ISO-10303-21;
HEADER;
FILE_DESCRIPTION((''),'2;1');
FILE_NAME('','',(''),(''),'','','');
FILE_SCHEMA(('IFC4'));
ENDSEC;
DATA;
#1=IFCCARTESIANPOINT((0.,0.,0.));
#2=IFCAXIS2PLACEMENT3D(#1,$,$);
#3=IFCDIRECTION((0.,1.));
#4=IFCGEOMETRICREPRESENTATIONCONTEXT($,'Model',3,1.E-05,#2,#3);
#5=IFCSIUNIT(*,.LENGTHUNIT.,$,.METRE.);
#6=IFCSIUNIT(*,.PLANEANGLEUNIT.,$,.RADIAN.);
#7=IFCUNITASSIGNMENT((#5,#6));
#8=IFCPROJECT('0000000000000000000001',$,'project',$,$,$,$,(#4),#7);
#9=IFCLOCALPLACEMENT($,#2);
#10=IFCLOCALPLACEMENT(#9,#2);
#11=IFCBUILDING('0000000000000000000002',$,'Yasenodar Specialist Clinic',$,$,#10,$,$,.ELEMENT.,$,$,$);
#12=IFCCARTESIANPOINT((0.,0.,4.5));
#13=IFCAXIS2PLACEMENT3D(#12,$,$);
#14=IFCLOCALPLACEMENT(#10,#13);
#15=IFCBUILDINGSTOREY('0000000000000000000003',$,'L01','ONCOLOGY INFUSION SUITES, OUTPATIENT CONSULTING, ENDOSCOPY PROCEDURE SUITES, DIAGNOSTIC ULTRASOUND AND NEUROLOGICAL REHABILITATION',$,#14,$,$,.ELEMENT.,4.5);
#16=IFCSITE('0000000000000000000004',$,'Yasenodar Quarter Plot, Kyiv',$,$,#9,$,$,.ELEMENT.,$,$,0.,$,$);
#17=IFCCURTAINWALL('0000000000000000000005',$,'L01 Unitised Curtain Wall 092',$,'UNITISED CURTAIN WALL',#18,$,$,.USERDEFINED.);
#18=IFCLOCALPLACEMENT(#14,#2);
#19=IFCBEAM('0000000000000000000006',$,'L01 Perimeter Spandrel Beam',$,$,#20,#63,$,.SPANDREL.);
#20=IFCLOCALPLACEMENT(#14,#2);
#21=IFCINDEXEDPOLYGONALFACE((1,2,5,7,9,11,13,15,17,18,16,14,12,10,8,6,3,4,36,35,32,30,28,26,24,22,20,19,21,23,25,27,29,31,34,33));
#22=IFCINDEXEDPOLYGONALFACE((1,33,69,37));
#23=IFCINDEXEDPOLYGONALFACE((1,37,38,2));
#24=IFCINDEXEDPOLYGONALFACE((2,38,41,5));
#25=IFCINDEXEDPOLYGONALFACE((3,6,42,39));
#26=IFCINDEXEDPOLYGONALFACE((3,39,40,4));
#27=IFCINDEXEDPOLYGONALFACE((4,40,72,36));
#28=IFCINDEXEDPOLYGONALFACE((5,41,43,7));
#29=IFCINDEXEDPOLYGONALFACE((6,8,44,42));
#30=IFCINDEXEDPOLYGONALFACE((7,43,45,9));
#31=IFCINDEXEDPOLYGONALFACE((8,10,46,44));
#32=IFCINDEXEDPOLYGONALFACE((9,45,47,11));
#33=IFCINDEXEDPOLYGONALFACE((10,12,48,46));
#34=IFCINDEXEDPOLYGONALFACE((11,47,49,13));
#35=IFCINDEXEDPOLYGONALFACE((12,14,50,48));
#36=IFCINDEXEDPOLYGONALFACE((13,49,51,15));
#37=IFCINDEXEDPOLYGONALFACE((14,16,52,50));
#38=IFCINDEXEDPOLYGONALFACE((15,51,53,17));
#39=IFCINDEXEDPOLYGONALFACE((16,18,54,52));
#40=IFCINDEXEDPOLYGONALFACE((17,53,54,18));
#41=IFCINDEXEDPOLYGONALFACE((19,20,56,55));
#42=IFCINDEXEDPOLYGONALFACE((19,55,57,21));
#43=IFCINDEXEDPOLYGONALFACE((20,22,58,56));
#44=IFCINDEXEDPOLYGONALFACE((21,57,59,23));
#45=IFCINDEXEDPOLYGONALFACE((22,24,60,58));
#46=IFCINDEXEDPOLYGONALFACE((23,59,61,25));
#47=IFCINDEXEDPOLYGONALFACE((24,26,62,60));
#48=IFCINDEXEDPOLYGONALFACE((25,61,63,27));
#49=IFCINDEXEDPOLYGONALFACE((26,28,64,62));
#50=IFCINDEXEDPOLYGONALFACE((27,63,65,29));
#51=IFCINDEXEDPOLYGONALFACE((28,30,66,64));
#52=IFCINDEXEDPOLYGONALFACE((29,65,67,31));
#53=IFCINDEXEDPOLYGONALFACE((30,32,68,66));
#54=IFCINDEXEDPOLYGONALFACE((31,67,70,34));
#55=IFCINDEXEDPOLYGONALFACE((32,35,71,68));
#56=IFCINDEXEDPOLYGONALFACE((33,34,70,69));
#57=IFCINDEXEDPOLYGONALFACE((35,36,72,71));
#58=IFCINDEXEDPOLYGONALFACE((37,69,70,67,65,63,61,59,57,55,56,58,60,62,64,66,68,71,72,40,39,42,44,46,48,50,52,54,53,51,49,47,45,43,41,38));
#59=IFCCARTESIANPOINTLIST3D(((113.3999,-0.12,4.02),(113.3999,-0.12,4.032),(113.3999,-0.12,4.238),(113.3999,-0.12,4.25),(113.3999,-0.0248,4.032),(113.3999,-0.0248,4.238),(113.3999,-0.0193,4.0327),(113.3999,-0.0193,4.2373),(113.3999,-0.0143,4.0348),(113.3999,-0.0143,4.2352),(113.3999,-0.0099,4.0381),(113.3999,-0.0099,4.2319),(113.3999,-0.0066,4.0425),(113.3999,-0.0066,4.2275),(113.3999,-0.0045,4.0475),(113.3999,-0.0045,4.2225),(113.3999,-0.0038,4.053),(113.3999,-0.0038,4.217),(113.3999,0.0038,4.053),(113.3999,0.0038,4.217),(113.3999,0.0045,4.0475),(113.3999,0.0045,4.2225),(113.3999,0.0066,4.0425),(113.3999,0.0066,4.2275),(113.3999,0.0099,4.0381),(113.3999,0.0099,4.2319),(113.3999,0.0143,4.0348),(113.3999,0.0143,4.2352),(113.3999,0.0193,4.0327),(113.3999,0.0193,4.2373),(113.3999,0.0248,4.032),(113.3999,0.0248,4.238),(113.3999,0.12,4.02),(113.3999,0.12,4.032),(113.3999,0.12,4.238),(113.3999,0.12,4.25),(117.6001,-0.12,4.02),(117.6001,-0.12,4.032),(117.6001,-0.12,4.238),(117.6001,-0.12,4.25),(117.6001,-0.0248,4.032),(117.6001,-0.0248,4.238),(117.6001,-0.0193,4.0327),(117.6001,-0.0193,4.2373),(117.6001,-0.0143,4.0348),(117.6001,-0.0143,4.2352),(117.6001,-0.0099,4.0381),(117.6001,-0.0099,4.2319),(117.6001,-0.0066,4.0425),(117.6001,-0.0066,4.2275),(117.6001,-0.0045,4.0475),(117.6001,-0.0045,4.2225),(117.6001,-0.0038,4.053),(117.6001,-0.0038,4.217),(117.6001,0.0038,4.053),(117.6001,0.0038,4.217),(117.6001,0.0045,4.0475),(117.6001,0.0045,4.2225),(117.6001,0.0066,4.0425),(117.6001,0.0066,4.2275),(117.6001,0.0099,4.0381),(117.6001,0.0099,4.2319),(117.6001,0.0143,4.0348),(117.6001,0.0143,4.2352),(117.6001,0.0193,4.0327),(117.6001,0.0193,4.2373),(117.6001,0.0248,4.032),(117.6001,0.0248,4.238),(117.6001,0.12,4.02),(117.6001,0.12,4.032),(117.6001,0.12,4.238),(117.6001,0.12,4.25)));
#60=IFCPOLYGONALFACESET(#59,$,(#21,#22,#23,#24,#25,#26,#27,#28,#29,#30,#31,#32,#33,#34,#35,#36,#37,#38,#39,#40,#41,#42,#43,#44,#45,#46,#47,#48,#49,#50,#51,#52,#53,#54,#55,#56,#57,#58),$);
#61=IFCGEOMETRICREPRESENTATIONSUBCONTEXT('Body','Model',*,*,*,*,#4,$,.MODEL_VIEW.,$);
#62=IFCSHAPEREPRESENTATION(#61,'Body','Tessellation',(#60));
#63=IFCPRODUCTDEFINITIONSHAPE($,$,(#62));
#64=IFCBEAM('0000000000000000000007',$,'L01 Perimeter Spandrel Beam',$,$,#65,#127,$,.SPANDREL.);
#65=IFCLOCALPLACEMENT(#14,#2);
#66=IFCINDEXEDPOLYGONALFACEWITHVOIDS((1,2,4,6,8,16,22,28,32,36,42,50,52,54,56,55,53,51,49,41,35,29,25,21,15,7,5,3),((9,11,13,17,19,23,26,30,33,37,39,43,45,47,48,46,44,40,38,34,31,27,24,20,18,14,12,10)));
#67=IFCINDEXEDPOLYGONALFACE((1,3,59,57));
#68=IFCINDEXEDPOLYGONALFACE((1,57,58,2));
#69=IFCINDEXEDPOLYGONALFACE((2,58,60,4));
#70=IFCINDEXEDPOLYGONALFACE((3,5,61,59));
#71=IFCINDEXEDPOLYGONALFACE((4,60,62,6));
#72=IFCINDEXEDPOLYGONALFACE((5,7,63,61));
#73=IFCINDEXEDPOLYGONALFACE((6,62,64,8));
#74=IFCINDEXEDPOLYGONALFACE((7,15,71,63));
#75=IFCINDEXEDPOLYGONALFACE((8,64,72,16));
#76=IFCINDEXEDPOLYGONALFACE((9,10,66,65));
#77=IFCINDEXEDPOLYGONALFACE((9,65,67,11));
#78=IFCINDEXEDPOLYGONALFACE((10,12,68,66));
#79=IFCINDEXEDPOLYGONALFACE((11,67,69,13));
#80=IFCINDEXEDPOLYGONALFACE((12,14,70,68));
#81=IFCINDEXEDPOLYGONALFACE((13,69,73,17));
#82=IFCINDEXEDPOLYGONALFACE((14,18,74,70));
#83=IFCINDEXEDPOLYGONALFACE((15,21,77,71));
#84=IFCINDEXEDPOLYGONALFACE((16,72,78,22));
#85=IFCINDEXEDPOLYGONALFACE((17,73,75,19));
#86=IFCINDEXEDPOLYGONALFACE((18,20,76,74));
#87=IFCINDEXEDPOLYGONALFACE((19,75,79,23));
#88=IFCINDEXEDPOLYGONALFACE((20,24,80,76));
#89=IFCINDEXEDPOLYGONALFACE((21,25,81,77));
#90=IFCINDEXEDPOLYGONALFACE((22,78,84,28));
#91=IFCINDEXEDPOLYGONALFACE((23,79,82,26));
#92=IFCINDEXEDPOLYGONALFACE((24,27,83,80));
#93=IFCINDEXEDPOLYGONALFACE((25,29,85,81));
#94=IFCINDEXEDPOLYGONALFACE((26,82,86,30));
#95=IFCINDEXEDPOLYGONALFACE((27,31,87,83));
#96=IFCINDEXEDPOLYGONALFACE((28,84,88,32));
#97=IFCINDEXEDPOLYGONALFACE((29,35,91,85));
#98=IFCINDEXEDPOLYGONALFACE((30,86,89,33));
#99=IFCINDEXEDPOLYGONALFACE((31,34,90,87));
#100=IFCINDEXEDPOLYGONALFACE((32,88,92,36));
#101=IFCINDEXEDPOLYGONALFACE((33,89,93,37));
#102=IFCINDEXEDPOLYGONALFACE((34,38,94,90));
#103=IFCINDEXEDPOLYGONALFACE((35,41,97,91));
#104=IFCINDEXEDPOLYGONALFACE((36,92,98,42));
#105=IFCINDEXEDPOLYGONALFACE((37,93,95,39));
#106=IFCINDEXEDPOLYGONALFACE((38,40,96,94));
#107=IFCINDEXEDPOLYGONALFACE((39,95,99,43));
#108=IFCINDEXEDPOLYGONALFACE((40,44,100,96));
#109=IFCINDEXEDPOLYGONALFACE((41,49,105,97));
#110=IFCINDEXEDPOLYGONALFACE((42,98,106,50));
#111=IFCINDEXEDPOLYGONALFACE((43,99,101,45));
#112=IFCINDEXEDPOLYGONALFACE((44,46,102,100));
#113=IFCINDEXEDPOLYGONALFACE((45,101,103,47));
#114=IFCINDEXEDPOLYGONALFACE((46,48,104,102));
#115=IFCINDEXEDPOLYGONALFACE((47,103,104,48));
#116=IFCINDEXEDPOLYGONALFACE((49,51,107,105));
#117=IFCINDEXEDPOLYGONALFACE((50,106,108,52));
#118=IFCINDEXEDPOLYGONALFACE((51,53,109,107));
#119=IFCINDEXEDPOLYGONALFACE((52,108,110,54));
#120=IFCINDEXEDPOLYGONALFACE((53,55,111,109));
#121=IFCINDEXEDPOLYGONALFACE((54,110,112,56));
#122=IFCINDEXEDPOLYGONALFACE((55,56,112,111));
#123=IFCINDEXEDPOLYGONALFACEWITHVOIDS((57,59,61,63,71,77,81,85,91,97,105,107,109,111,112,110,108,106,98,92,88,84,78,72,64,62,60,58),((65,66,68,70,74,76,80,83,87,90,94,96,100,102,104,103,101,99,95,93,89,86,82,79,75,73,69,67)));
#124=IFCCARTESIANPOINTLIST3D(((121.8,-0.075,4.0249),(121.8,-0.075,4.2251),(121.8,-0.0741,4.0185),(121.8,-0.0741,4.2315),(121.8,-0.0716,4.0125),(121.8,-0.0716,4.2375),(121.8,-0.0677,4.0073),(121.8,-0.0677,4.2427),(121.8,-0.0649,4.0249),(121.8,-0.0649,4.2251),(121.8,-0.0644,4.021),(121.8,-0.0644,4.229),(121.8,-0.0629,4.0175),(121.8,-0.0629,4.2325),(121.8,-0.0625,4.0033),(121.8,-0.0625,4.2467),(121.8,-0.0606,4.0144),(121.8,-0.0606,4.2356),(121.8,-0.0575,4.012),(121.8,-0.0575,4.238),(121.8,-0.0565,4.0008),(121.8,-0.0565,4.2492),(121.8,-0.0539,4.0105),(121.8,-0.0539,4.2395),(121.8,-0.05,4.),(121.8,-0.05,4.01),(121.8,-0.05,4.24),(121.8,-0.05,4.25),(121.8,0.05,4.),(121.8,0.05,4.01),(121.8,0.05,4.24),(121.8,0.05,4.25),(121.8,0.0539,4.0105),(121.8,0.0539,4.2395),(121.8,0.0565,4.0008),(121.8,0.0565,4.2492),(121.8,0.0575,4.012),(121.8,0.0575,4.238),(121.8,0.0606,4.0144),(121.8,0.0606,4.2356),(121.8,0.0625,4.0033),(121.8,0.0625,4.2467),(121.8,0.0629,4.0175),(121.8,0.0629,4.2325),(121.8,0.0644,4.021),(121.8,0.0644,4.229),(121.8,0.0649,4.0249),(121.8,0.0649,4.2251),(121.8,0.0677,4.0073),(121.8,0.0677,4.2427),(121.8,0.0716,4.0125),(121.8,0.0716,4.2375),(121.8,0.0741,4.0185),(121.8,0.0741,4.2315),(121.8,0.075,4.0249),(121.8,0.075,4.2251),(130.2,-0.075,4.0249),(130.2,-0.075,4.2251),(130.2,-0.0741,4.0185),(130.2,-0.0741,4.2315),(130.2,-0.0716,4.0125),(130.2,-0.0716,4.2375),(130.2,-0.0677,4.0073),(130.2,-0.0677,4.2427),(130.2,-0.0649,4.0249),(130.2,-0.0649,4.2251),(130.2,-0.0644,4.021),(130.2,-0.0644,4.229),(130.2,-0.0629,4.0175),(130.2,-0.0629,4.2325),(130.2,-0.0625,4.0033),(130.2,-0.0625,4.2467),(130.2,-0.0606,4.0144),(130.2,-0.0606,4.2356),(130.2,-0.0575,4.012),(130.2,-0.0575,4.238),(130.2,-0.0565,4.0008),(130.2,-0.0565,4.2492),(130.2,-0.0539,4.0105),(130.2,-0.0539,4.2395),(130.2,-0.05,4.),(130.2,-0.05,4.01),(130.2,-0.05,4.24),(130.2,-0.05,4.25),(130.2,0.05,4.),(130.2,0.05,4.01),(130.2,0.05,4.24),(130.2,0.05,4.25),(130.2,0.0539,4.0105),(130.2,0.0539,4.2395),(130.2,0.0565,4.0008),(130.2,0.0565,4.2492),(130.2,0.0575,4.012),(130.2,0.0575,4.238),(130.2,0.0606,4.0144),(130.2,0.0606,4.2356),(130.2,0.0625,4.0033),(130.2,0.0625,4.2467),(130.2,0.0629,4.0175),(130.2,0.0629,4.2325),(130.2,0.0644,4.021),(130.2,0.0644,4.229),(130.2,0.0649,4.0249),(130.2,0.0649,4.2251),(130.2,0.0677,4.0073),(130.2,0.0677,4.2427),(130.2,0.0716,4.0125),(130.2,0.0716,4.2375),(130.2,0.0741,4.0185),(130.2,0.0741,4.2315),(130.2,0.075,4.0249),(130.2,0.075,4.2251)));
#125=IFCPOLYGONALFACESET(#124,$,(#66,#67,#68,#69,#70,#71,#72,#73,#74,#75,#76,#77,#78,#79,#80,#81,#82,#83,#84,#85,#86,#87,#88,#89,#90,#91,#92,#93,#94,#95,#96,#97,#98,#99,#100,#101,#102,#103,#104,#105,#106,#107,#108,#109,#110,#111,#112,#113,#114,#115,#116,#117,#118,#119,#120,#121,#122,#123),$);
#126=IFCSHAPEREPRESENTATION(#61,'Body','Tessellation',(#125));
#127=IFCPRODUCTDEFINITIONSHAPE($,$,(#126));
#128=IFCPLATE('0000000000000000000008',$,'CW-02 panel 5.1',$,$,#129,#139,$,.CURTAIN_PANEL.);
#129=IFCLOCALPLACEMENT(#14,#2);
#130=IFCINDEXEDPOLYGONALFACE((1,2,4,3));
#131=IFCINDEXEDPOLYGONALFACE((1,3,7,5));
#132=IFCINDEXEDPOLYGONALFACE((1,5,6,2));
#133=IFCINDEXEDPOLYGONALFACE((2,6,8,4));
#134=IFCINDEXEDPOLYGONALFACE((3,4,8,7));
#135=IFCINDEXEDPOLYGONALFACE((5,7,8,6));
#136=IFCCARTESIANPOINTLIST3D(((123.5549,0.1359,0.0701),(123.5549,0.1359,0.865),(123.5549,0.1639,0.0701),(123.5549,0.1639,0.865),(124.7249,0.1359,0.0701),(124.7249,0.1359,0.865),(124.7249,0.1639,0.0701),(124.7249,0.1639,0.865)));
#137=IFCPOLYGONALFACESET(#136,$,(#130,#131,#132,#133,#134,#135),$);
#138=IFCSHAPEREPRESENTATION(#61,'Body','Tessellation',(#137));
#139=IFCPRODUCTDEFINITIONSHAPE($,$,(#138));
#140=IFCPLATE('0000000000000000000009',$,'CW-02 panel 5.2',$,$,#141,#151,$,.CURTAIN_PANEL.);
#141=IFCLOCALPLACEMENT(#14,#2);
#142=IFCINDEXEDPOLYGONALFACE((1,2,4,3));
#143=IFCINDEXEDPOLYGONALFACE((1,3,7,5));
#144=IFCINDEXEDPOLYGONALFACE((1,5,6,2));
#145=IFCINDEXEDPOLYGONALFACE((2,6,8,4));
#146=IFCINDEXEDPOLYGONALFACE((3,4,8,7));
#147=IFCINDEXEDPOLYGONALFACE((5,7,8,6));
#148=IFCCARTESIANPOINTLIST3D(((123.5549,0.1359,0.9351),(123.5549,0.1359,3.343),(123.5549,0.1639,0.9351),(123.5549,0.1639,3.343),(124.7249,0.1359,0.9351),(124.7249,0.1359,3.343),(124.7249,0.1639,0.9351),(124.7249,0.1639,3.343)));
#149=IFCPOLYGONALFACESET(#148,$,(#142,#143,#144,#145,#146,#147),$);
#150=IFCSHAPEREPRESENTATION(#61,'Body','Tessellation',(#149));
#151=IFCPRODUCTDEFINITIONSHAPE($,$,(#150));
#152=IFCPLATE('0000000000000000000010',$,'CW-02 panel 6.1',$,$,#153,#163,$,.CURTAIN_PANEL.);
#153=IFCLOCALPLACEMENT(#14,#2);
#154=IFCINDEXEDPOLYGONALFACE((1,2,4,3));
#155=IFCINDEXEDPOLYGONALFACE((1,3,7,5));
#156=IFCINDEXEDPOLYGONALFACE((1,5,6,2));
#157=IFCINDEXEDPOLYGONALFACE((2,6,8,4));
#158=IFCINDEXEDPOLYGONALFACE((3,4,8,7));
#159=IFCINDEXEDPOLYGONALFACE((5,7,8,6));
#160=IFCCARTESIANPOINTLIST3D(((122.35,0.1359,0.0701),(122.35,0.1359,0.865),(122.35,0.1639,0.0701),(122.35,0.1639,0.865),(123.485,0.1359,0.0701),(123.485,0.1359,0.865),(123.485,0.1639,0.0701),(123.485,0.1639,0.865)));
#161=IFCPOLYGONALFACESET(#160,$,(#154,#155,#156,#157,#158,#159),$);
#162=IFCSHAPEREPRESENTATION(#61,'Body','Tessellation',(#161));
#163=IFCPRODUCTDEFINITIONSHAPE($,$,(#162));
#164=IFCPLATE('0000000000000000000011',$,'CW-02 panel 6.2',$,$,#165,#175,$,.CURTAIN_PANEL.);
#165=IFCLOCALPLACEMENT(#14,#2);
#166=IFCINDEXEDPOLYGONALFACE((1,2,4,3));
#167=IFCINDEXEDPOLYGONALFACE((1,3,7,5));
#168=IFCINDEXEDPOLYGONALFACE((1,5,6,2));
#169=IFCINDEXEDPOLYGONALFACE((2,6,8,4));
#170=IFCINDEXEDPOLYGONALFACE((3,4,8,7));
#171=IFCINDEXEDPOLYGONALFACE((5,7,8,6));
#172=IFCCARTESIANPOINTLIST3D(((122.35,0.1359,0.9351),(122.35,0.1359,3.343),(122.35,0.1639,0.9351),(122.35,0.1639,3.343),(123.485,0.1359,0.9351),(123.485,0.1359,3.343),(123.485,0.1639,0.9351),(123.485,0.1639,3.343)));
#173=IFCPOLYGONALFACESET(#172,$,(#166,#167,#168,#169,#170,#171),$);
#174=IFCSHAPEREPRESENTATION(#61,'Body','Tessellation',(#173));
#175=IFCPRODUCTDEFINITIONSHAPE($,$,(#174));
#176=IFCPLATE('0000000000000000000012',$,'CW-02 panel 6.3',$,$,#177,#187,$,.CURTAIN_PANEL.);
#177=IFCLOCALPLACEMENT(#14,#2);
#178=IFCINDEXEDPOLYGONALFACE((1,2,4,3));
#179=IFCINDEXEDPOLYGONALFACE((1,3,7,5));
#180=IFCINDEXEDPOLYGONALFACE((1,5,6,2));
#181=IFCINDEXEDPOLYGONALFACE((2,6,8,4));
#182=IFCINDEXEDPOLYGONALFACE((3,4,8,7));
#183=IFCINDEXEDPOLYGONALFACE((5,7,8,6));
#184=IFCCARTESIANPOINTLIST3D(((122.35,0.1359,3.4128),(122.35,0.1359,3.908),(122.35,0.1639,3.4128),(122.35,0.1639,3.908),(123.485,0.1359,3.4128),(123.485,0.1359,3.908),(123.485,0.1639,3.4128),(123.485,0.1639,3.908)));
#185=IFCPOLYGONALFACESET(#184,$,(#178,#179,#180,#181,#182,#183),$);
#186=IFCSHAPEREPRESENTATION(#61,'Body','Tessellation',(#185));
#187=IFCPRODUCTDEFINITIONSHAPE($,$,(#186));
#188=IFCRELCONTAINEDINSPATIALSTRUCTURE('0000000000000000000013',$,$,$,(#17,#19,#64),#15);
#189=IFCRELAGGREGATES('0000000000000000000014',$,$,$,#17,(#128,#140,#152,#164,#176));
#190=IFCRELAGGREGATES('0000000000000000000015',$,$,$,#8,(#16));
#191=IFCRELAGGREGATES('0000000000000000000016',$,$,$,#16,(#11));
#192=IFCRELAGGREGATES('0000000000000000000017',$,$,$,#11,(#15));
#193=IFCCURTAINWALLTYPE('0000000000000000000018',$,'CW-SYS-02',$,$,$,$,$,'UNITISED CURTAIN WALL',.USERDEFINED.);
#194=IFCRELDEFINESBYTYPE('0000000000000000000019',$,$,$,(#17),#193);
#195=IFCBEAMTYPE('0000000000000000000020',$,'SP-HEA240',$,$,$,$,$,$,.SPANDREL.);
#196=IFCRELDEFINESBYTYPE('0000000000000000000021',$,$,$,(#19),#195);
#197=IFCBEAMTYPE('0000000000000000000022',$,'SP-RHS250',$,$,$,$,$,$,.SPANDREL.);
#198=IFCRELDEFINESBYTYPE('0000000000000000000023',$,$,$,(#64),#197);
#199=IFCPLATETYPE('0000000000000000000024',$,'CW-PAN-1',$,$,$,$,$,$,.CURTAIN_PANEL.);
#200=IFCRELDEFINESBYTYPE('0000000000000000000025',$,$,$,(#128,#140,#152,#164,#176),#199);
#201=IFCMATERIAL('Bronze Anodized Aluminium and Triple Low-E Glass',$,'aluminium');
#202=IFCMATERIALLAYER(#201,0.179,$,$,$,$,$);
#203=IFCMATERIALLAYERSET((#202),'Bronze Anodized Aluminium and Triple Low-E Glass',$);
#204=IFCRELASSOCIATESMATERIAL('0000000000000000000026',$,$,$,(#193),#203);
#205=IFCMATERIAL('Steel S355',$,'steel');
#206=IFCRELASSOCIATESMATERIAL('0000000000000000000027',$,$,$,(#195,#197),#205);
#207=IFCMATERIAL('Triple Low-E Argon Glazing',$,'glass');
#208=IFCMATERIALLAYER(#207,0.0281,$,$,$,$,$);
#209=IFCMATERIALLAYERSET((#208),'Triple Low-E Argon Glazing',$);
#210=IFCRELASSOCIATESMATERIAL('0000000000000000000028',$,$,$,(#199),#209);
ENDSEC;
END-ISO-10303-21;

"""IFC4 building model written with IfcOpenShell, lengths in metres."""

from ifc_helpers import new_model, si_unit, direction, frame, origin, origin_2d, place, context, subcontext, project, spatial, rectangle, hollow_rectangle, i_section, extrude, material, layer, layer_set, material_profile, profile_set, type_object, element, aggregate, save


model = new_model("IFC4")

# Units and contexts
model_context = context("Model", 3, precision=1e-05, world=origin(), true_north=direction((0.0, 1.0)))
body_context = subcontext(model_context, "Body", "Model", "MODEL_VIEW")
ifc_project = project(units=[si_unit("LENGTHUNIT", "METRE"), si_unit("PLANEANGLEUNIT", "RADIAN")], contexts=[model_context])

# Site, building, storey
site_placement = place(None, origin())
site = spatial("IfcSite", under=ifc_project, at=site_placement, Name="Yasenodar Quarter Plot, Kyiv", CompositionType="ELEMENT", RefElevation=0.0)
building_placement = place(site_placement, origin())
building = spatial("IfcBuilding", under=site, at=building_placement, Name="Yasenodar Specialist Clinic", CompositionType="ELEMENT")
storey_placement = place(building_placement, frame((0.0, 0.0, 4.5)))
storey = spatial("IfcBuildingStorey", under=building, at=storey_placement, Name="L01", Description="ONCOLOGY INFUSION SUITES, OUTPATIENT CONSULTING, ENDOSCOPY PROCEDURE SUITES, DIAGNOSTIC ULTRASOUND AND NEUROLOGICAL REHABILITATION", CompositionType="ELEMENT", Elevation=4.5)

# Shared definitions
ifc_material_1 = material(Name="Steel S355", Category="steel")

# Curtain wall
ifc_material_2 = material(Name="Bronze Anodized Aluminium and Triple Low-E Glass", Category="aluminium")
ifc_layer_1 = layer(ifc_material_2, 0.179)
ifc_layer_set_1 = layer_set([ifc_layer_1], Name="Bronze Anodized Aluminium and Triple Low-E Glass")
curtain_wall_type = type_object("IfcCurtainWallType", Name="CW-SYS-02", ElementType="UNITISED CURTAIN WALL", PredefinedType="USERDEFINED", material=ifc_layer_set_1)
curtain_wall_1_placement = place(storey_placement, origin())
curtain_wall_1 = element("IfcCurtainWall", 1, at=curtain_wall_1_placement, inside=storey, type_object=curtain_wall_type, Name="L01 Unitised Curtain Wall 092", ObjectType="UNITISED CURTAIN WALL", PredefinedType="USERDEFINED")

# Beams
ifc_material_profile_1 = material_profile(ifc_material_1, i_section(OverallWidth=0.24, OverallDepth=0.23, WebThickness=0.0076, FlangeThickness=0.012, FilletRadius=0.021, at=origin_2d()), Name="HEA 240")
ifc_profile_set_1 = profile_set([ifc_material_profile_1], Name="Steel S355")
beam_type_1 = type_object("IfcBeamType", Name="SP-HEA240", PredefinedType="SPANDREL", material=ifc_profile_set_1)
beam_1_placement = place(storey_placement, frame((113.3999, 0.0, 4.135), z_axis=(1.0, 0.0, 0.0), x_axis=(0.0, 1.0, 0.0)))
element("IfcBeam", 2, at=beam_1_placement, inside=storey, type_object=beam_type_1, Name="L01 Perimeter Spandrel Beam", PredefinedType="SPANDREL", context=body_context, shape_type="SweptSolid", body=[
    extrude(i_section(OverallWidth=0.24, OverallDepth=0.23, WebThickness=0.0076, FlangeThickness=0.012, FilletRadius=0.021, at=origin_2d()), origin(), (0.0, 0.0, 1.0), 4.2002),
])
ifc_material_profile_2 = material_profile(ifc_material_1, hollow_rectangle(XDim=0.1499, YDim=0.25, WallThickness=0.01, InnerFilletRadius=0.0149, OuterFilletRadius=0.0249, at=origin_2d()), Name="RHS 250x150x10")
ifc_profile_set_2 = profile_set([ifc_material_profile_2], Name="Steel S355")
beam_type_2 = type_object("IfcBeamType", Name="SP-RHS250", PredefinedType="SPANDREL", material=ifc_profile_set_2)
beam_2_placement = place(storey_placement, frame((121.8, 0.0, 4.125), z_axis=(1.0, 0.0, 0.0), x_axis=(0.0, 1.0, 0.0)))
element("IfcBeam", 3, at=beam_2_placement, inside=storey, type_object=beam_type_2, Name="L01 Perimeter Spandrel Beam", PredefinedType="SPANDREL", context=body_context, shape_type="SweptSolid", body=[
    extrude(hollow_rectangle(XDim=0.1499, YDim=0.25, WallThickness=0.01, InnerFilletRadius=0.0149, OuterFilletRadius=0.0249, at=origin_2d()), origin(), (0.0, 0.0, 1.0), 8.3999),
])

# Plates
ifc_material_3 = material(Name="Triple Low-E Argon Glazing", Category="glass")
ifc_layer_2 = layer(ifc_material_3, 0.0281)
ifc_layer_set_2 = layer_set([ifc_layer_2], Name="Triple Low-E Argon Glazing")
plate_type_1 = type_object("IfcPlateType", Name="CW-PAN-1", PredefinedType="CURTAIN_PANEL", material=ifc_layer_set_2)
plate_1_placement = place(storey_placement, frame((124.1399, 0.1499, 0.0701), z_axis=(0.0, 0.0, 1.0), x_axis=(-1.0, 0.0, 0.0)))
plate_1 = element("IfcPlate", 4, at=plate_1_placement, type_object=plate_type_1, Name="CW-02 panel 5.1", PredefinedType="CURTAIN_PANEL", context=body_context, shape_type="SweptSolid", body=[
    extrude(rectangle(XDim=1.1699, YDim=0.0281, at=origin_2d()), origin(), (0.0, 0.0, 1.0), 0.7949),
])
plate_2_placement = place(storey_placement, frame((124.1399, 0.1499, 0.9351), z_axis=(0.0, 0.0, 1.0), x_axis=(-1.0, 0.0, 0.0)))
plate_2 = element("IfcPlate", 5, at=plate_2_placement, type_object=plate_type_1, Name="CW-02 panel 5.2", PredefinedType="CURTAIN_PANEL", context=body_context, shape_type="SweptSolid", body=[
    extrude(rectangle(XDim=1.1699, YDim=0.0281, at=origin_2d()), origin(), (0.0, 0.0, 1.0), 2.408),
])
plate_3_placement = place(storey_placement, frame((122.9175, 0.1499, 0.0701), z_axis=(0.0, 0.0, 1.0), x_axis=(-1.0, 0.0, 0.0)))
plate_3 = element("IfcPlate", 6, at=plate_3_placement, type_object=plate_type_1, Name="CW-02 panel 6.1", PredefinedType="CURTAIN_PANEL", context=body_context, shape_type="SweptSolid", body=[
    extrude(rectangle(XDim=1.135, YDim=0.0281, at=origin_2d()), origin(), (0.0, 0.0, 1.0), 0.7949),
])
plate_4_placement = place(storey_placement, frame((122.9175, 0.1499, 0.9351), z_axis=(0.0, 0.0, 1.0), x_axis=(-1.0, 0.0, 0.0)))
plate_4 = element("IfcPlate", 7, at=plate_4_placement, type_object=plate_type_1, Name="CW-02 panel 6.2", PredefinedType="CURTAIN_PANEL", context=body_context, shape_type="SweptSolid", body=[
    extrude(rectangle(XDim=1.135, YDim=0.0281, at=origin_2d()), origin(), (0.0, 0.0, 1.0), 2.408),
])
plate_5_placement = place(storey_placement, frame((122.9175, 0.1499, 3.4128), z_axis=(0.0, 0.0, 1.0), x_axis=(-1.0, 0.0, 0.0)))
plate_5 = element("IfcPlate", 8, at=plate_5_placement, type_object=plate_type_1, Name="CW-02 panel 6.3", PredefinedType="CURTAIN_PANEL", context=body_context, shape_type="SweptSolid", body=[
    extrude(rectangle(XDim=1.135, YDim=0.0281, at=origin_2d()), origin(), (0.0, 0.0, 1.0), 0.4951),
])
aggregate(curtain_wall_1, [plate_1, plate_2, plate_3, plate_4, plate_5])

save(model, "model.ifc")
